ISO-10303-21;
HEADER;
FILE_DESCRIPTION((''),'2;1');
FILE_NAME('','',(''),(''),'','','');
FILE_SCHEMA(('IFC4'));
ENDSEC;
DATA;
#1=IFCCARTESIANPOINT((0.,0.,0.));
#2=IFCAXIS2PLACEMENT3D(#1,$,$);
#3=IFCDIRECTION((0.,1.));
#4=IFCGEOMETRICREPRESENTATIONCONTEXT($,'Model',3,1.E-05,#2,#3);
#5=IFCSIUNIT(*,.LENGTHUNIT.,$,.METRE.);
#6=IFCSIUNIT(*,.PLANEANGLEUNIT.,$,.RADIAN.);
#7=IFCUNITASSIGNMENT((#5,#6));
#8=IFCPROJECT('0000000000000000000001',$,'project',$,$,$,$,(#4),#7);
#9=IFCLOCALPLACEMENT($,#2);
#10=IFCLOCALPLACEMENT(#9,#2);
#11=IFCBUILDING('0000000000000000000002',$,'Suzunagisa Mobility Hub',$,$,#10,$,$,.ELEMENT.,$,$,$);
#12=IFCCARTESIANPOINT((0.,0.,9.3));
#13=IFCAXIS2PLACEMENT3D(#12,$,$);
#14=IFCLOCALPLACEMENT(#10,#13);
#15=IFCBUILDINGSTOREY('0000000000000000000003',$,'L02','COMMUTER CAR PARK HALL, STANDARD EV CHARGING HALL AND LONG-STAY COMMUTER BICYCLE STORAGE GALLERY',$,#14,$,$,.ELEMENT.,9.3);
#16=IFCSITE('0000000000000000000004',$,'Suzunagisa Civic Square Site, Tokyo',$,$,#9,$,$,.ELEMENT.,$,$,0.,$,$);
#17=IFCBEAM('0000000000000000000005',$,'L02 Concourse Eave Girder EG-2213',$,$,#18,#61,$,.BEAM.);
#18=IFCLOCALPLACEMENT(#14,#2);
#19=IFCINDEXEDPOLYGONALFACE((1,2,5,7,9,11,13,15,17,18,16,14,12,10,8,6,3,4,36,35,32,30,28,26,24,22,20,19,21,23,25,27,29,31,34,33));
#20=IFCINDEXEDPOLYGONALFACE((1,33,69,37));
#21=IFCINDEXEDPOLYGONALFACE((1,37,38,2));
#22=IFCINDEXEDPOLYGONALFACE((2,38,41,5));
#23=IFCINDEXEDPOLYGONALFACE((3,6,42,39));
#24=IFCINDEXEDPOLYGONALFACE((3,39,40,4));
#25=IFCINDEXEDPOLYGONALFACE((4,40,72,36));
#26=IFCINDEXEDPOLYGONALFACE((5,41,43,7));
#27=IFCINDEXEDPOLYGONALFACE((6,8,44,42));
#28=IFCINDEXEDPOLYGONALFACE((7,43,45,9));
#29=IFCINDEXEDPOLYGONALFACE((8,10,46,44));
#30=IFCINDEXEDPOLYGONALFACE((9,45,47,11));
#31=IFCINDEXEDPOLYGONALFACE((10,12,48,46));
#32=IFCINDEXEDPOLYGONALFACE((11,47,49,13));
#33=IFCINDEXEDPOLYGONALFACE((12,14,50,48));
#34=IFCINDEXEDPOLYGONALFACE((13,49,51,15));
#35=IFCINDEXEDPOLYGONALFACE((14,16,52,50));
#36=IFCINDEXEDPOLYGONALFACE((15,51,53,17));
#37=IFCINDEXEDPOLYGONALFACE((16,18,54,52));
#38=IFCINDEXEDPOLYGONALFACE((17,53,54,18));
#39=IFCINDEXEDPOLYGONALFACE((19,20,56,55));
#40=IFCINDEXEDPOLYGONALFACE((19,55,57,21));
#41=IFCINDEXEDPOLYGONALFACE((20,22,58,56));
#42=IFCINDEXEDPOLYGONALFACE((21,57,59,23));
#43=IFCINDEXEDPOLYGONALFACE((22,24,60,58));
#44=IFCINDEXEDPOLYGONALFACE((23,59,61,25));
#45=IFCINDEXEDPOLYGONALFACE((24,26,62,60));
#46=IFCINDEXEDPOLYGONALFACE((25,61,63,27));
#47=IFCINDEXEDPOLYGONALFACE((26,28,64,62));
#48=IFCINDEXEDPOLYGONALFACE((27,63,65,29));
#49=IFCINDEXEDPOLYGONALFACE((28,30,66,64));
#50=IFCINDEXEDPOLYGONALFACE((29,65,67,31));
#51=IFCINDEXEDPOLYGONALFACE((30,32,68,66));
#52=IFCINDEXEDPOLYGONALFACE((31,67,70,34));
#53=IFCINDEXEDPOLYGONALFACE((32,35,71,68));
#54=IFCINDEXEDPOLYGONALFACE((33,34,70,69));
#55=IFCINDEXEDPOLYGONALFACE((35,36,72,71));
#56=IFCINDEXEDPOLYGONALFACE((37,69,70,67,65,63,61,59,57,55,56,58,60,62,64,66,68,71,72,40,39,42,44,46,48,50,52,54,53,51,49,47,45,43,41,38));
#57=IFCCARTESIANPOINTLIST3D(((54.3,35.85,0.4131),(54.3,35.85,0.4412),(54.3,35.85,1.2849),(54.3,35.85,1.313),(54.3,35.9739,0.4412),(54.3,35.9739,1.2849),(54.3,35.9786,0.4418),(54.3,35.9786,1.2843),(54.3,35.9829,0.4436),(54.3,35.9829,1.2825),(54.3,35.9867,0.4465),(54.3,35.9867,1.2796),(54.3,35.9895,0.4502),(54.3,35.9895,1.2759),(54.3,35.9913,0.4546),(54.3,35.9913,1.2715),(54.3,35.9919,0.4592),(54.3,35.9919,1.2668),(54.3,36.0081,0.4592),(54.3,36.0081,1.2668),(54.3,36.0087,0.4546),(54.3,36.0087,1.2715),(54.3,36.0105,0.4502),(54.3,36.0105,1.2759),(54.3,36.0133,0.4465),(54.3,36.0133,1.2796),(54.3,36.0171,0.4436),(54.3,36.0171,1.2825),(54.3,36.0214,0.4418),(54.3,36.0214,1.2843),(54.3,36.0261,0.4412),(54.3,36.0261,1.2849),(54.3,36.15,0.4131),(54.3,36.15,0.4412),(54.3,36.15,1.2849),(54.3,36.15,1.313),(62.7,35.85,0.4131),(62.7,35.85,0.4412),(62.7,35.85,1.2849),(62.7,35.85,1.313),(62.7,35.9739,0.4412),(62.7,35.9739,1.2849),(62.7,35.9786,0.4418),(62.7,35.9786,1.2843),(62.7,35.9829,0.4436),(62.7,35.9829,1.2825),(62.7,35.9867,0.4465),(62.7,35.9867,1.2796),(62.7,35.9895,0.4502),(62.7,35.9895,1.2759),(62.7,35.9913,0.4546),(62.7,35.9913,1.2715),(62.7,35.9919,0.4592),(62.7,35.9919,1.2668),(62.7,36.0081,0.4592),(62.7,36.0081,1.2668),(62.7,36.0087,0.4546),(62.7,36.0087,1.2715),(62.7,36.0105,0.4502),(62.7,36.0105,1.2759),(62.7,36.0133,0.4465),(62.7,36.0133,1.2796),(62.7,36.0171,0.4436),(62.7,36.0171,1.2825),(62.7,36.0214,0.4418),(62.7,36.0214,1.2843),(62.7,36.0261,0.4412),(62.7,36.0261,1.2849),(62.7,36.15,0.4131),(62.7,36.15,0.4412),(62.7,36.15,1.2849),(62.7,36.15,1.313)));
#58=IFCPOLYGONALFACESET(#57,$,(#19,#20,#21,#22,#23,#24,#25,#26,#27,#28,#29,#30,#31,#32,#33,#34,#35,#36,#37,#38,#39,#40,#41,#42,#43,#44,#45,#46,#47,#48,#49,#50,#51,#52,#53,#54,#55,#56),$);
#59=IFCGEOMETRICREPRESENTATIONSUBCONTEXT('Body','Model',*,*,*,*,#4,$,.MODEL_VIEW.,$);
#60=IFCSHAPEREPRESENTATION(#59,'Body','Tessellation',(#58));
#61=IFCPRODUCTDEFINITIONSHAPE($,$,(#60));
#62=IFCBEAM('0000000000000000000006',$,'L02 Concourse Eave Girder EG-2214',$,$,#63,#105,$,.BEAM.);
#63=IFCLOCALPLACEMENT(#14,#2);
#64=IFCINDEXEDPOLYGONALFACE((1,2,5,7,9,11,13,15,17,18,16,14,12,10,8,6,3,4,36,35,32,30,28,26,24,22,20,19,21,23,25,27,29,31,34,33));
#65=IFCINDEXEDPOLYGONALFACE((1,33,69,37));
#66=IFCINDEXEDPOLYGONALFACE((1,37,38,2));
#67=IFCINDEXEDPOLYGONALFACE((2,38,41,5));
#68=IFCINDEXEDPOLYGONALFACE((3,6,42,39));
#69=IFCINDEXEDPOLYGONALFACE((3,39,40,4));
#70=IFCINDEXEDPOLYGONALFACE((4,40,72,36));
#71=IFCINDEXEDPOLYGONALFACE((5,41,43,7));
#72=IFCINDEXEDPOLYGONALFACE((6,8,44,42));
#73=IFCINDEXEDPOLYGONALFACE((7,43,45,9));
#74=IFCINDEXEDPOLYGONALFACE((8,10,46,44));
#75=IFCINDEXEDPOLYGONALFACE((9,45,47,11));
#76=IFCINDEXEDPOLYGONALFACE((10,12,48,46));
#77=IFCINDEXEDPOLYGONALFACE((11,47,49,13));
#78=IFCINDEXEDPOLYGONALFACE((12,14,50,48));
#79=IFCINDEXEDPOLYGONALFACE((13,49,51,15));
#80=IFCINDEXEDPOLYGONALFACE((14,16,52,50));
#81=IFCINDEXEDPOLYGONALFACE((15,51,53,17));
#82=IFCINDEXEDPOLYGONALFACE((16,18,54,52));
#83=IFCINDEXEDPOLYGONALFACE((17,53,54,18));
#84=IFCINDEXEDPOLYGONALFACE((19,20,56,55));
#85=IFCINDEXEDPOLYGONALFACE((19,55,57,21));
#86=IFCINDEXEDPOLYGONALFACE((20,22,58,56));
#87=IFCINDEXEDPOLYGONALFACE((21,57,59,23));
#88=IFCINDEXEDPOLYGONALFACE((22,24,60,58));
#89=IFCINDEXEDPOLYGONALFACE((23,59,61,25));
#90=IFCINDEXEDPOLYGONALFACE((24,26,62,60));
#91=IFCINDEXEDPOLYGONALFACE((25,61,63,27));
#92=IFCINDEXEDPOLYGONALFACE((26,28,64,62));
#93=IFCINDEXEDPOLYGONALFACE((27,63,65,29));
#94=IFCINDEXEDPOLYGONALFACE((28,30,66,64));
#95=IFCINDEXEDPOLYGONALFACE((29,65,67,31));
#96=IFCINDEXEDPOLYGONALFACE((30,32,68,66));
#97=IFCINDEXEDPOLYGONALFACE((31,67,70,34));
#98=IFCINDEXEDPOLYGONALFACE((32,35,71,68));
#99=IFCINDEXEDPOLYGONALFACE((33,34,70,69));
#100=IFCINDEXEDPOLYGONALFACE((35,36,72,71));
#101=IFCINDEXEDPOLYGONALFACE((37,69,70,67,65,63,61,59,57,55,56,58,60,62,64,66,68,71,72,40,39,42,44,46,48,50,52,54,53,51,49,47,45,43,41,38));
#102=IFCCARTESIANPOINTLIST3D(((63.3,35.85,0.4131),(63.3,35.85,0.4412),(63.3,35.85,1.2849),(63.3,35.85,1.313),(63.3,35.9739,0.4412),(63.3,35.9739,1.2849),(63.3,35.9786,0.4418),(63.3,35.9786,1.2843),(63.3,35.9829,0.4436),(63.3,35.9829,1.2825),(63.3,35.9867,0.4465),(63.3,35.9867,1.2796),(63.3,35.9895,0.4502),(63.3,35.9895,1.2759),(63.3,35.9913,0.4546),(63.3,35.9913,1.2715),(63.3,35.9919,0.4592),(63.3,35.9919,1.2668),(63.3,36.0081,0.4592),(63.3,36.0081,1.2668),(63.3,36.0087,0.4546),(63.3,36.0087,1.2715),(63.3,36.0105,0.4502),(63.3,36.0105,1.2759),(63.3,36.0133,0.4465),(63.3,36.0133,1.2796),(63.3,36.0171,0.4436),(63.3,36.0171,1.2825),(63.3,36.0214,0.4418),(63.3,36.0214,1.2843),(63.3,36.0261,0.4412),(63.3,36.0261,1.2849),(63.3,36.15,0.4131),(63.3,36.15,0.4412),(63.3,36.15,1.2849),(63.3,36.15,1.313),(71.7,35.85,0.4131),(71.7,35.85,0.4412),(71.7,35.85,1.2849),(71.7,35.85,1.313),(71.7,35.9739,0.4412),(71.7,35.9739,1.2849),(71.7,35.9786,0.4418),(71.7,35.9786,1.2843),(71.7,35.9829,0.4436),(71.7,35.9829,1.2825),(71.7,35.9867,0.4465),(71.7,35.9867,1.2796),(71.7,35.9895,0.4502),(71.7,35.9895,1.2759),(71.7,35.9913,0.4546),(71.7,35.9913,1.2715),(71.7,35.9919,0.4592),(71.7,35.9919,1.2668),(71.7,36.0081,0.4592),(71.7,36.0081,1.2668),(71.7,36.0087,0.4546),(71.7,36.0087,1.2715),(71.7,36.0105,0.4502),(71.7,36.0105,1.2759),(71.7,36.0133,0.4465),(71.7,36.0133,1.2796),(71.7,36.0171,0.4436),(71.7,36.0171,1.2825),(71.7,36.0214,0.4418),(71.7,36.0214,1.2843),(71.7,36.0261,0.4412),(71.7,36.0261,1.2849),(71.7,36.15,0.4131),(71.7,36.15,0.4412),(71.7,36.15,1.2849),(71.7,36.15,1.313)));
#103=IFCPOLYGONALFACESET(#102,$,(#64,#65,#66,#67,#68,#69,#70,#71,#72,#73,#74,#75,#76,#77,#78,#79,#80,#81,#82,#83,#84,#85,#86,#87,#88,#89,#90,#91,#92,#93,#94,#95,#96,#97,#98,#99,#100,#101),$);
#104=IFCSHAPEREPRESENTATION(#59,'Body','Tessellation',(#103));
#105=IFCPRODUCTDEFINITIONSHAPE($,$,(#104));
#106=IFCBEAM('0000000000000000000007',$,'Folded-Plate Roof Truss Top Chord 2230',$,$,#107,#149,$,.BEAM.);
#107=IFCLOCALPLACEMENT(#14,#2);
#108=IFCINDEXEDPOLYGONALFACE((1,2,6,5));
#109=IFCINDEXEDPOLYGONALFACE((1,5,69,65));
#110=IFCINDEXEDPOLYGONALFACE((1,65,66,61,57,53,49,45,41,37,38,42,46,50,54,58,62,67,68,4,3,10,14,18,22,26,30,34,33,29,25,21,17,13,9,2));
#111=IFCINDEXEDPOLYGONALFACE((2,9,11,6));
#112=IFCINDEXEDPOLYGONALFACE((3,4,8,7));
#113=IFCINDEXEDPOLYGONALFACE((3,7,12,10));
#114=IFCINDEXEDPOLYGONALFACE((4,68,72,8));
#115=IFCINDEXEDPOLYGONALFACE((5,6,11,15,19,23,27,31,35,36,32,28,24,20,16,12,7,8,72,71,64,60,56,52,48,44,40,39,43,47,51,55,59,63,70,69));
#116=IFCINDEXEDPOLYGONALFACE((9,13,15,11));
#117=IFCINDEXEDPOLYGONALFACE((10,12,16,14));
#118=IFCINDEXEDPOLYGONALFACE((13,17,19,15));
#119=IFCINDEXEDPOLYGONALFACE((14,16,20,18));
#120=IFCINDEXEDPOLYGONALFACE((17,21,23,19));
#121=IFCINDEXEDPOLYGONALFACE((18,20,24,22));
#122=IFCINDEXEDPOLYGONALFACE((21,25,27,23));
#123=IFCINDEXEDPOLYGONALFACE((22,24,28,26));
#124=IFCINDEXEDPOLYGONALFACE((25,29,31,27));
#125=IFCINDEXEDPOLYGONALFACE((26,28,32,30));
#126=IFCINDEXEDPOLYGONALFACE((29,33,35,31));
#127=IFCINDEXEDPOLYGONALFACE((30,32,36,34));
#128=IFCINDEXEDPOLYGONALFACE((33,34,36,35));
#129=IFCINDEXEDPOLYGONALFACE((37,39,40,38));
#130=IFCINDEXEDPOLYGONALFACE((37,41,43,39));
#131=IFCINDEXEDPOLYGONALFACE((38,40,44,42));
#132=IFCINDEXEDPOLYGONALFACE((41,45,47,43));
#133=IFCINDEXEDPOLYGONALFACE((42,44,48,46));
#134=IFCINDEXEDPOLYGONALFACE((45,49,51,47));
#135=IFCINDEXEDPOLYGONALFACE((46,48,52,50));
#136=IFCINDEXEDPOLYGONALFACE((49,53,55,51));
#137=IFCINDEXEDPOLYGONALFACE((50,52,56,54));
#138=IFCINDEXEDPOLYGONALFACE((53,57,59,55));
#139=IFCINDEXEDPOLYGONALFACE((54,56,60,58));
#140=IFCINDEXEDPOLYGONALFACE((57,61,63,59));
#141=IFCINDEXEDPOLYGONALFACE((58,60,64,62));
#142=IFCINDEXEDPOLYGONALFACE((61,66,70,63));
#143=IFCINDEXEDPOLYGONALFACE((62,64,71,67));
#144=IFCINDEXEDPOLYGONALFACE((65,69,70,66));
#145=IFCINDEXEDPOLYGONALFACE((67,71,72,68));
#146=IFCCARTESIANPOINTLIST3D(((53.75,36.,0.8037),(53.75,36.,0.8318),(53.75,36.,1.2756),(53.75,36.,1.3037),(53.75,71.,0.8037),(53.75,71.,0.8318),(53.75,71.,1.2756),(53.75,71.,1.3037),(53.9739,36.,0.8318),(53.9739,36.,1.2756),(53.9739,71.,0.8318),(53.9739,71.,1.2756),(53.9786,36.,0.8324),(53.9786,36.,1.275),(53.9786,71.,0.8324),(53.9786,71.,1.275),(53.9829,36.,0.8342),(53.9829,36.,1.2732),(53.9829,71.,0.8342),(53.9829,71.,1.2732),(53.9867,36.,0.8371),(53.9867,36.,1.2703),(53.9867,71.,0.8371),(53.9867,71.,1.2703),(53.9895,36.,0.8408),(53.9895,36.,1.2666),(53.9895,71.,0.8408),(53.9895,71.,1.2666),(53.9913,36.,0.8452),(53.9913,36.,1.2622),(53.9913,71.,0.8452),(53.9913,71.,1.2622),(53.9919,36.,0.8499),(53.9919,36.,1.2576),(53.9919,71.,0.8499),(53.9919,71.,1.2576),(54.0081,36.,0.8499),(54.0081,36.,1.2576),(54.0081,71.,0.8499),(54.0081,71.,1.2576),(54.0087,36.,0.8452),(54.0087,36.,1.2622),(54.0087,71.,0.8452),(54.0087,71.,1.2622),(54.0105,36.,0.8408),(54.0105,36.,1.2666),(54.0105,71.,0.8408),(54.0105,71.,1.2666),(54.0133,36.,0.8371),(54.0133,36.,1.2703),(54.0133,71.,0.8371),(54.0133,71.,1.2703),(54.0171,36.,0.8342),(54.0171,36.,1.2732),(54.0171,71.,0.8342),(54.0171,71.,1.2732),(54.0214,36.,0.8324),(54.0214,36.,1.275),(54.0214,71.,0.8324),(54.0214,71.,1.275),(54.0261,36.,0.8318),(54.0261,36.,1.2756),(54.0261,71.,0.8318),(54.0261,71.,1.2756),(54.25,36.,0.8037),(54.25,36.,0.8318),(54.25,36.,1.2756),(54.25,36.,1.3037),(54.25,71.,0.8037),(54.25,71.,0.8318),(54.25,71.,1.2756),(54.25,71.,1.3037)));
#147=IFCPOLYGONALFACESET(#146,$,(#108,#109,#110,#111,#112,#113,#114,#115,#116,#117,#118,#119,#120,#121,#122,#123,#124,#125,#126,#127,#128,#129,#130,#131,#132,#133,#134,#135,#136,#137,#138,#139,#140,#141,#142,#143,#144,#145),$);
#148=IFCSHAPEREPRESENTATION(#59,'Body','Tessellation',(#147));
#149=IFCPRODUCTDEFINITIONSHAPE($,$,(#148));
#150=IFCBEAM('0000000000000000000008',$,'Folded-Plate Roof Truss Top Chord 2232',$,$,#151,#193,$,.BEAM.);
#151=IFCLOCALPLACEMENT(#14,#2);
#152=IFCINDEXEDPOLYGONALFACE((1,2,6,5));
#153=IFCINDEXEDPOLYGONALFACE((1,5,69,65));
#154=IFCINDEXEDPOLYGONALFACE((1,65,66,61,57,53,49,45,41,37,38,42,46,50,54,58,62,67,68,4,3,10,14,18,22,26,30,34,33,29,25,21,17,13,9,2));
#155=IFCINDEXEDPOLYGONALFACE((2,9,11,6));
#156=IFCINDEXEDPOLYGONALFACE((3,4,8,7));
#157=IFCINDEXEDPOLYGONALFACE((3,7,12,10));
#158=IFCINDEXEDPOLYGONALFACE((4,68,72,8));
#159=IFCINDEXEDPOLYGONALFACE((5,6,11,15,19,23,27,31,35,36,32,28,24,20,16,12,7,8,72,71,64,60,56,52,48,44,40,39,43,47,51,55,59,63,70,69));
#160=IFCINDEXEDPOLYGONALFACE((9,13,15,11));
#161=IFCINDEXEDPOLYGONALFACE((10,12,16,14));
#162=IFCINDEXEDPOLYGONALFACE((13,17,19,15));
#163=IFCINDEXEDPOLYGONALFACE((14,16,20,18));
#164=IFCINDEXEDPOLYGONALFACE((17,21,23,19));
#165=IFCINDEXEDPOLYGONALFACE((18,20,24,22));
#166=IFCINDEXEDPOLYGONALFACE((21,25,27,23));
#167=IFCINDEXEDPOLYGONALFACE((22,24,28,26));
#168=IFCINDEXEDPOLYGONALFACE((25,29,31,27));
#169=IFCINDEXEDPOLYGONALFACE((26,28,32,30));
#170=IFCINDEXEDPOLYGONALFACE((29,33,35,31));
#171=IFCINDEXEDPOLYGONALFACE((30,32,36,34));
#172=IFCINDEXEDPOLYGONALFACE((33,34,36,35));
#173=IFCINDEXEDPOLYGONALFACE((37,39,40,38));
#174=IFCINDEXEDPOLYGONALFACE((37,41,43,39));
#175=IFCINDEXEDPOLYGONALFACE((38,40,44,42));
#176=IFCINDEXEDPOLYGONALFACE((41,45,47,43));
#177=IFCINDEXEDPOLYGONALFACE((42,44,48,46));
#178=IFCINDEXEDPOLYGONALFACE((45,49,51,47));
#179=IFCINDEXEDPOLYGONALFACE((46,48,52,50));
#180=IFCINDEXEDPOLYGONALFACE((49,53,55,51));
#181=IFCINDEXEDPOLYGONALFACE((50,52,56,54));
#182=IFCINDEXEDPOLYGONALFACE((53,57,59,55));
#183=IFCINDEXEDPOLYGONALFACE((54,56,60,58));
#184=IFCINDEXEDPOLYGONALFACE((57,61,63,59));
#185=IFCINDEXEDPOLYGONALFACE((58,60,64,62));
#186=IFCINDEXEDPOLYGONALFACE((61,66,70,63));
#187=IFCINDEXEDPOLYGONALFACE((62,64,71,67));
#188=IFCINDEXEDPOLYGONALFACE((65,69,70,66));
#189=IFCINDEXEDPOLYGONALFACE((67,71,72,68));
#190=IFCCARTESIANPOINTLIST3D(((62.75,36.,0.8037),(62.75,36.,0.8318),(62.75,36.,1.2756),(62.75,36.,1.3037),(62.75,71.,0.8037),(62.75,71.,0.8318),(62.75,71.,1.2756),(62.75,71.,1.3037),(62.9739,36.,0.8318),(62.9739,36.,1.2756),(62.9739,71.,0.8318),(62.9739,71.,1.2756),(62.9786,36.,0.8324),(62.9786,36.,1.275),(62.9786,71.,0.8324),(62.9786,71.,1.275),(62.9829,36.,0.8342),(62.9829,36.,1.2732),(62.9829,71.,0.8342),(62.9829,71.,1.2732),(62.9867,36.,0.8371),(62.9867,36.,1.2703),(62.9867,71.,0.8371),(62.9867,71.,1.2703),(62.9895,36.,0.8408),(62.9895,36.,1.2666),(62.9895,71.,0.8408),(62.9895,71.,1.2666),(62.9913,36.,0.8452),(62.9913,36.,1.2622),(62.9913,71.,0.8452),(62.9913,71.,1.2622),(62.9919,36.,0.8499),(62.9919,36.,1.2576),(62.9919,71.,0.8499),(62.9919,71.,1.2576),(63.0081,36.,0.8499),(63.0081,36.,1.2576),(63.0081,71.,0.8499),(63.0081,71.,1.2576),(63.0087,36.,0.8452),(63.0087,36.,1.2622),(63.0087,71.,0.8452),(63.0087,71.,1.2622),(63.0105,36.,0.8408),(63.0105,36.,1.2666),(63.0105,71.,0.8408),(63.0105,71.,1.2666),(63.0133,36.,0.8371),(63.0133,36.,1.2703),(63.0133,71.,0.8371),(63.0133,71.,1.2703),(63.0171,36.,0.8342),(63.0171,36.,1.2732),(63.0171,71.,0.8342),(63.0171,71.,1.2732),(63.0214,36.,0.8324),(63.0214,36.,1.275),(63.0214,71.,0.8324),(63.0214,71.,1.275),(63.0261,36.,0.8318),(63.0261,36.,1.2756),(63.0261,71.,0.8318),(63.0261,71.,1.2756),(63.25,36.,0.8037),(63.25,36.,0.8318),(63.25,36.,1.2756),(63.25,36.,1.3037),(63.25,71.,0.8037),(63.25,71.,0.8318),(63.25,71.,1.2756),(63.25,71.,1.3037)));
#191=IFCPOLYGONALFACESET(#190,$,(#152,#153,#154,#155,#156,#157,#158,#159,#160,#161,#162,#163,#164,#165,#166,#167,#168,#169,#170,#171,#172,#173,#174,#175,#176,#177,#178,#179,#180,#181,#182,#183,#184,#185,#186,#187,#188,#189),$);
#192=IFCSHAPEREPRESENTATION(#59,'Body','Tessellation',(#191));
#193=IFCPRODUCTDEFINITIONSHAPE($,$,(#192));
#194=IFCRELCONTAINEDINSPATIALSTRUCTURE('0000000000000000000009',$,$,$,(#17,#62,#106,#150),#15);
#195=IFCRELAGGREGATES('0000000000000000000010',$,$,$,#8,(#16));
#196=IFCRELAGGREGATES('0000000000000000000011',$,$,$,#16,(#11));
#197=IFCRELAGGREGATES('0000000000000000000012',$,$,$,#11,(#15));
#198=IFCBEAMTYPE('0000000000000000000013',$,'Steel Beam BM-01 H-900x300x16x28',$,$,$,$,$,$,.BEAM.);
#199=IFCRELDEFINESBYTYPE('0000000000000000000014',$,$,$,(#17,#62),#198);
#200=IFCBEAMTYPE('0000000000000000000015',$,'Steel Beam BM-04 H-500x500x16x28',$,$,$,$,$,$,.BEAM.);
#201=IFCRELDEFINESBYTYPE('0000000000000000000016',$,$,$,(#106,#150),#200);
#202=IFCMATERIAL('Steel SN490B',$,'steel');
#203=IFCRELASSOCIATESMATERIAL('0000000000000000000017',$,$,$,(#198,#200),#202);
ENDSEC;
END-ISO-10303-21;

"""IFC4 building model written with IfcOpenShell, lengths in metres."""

from ifc_helpers import new_model, si_unit, direction, frame, origin, origin_2d, place, context, subcontext, project, spatial, i_section, extrude, material, material_profile, profile_set, type_object, element, save


model = new_model("IFC4")

# Units and contexts
model_context = context("Model", 3, precision=1e-05, world=origin(), true_north=direction((0.0, 1.0)))
body_context = subcontext(model_context, "Body", "Model", "MODEL_VIEW")
ifc_project = project(units=[si_unit("LENGTHUNIT", "METRE"), si_unit("PLANEANGLEUNIT", "RADIAN")], contexts=[model_context])

# Site, building, storey
site_placement = place(None, origin())
site = spatial("IfcSite", under=ifc_project, at=site_placement, Name="Suzunagisa Civic Square Site, Tokyo", CompositionType="ELEMENT", RefElevation=0.0)
building_placement = place(site_placement, origin())
building = spatial("IfcBuilding", under=site, at=building_placement, Name="Suzunagisa Mobility Hub", CompositionType="ELEMENT")
storey_placement = place(building_placement, frame((0.0, 0.0, 9.3)))
storey = spatial("IfcBuildingStorey", under=building, at=storey_placement, Name="L02", Description="COMMUTER CAR PARK HALL, STANDARD EV CHARGING HALL AND LONG-STAY COMMUTER BICYCLE STORAGE GALLERY", CompositionType="ELEMENT", Elevation=9.3)

# Shared definitions
ifc_material_1 = material(Name="Steel SN490B", Category="steel")

# Beams
ifc_material_profile_1 = material_profile(ifc_material_1, i_section(OverallWidth=0.3, OverallDepth=0.8999, WebThickness=0.0161, FlangeThickness=0.0281, FilletRadius=0.0181, at=origin_2d()), Name="H-900x300x16x28")
ifc_profile_set_1 = profile_set([ifc_material_profile_1], Name="Steel SN490B")
beam_type_1 = type_object("IfcBeamType", Name="Steel Beam BM-01 H-900x300x16x28", PredefinedType="BEAM", material=ifc_profile_set_1)
for number, where, z_axis, x_axis, name in (
    (1, (54.3, 36.0, 0.863), (1.0, 0.0, 0.0), (0.0, 1.0, 0.0), "L02 Concourse Eave Girder EG-2213"),
    (2, (63.3, 36.0, 0.863), (1.0, 0.0, 0.0), (0.0, 1.0, 0.0), "L02 Concourse Eave Girder EG-2214"),
):
    element("IfcBeam", number, at=place(storey_placement, frame(where, z_axis=z_axis, x_axis=x_axis)), inside=storey, type_object=beam_type_1, Name=name, PredefinedType="BEAM", context=body_context, shape_type="SweptSolid", body=[
        extrude(i_section(OverallWidth=0.3, OverallDepth=0.8999, WebThickness=0.0161, FlangeThickness=0.0281, FilletRadius=0.0181, at=origin_2d()), origin(), (0.0, 0.0, 1.0), 8.3999),
    ])
ifc_material_profile_2 = material_profile(ifc_material_1, i_section(OverallWidth=0.5, OverallDepth=0.5, WebThickness=0.0161, FlangeThickness=0.0281, FilletRadius=0.0181, at=origin_2d()), Name="H-500x500x16x28")
ifc_profile_set_2 = profile_set([ifc_material_profile_2], Name="Steel SN490B")
beam_type_2 = type_object("IfcBeamType", Name="Steel Beam BM-04 H-500x500x16x28", PredefinedType="BEAM", material=ifc_profile_set_2)
for number, where, z_axis, x_axis, name in (
    (3, (54.0, 36.0, 1.0537), (0.0, 1.0, 0.0), (-1.0, 0.0, 0.0), "Folded-Plate Roof Truss Top Chord 2230"),
    (4, (63.0, 36.0, 1.0537), (0.0, 1.0, 0.0), (-1.0, 0.0, 0.0), "Folded-Plate Roof Truss Top Chord 2232"),
):
    element("IfcBeam", number, at=place(storey_placement, frame(where, z_axis=z_axis, x_axis=x_axis)), inside=storey, type_object=beam_type_2, Name=name, PredefinedType="BEAM", context=body_context, shape_type="SweptSolid", body=[
        extrude(i_section(OverallWidth=0.5, OverallDepth=0.5, WebThickness=0.0161, FlangeThickness=0.0281, FilletRadius=0.0181, at=origin_2d()), origin(), (0.0, 0.0, 1.0), 35.0),
    ])

save(model, "model.ifc")
